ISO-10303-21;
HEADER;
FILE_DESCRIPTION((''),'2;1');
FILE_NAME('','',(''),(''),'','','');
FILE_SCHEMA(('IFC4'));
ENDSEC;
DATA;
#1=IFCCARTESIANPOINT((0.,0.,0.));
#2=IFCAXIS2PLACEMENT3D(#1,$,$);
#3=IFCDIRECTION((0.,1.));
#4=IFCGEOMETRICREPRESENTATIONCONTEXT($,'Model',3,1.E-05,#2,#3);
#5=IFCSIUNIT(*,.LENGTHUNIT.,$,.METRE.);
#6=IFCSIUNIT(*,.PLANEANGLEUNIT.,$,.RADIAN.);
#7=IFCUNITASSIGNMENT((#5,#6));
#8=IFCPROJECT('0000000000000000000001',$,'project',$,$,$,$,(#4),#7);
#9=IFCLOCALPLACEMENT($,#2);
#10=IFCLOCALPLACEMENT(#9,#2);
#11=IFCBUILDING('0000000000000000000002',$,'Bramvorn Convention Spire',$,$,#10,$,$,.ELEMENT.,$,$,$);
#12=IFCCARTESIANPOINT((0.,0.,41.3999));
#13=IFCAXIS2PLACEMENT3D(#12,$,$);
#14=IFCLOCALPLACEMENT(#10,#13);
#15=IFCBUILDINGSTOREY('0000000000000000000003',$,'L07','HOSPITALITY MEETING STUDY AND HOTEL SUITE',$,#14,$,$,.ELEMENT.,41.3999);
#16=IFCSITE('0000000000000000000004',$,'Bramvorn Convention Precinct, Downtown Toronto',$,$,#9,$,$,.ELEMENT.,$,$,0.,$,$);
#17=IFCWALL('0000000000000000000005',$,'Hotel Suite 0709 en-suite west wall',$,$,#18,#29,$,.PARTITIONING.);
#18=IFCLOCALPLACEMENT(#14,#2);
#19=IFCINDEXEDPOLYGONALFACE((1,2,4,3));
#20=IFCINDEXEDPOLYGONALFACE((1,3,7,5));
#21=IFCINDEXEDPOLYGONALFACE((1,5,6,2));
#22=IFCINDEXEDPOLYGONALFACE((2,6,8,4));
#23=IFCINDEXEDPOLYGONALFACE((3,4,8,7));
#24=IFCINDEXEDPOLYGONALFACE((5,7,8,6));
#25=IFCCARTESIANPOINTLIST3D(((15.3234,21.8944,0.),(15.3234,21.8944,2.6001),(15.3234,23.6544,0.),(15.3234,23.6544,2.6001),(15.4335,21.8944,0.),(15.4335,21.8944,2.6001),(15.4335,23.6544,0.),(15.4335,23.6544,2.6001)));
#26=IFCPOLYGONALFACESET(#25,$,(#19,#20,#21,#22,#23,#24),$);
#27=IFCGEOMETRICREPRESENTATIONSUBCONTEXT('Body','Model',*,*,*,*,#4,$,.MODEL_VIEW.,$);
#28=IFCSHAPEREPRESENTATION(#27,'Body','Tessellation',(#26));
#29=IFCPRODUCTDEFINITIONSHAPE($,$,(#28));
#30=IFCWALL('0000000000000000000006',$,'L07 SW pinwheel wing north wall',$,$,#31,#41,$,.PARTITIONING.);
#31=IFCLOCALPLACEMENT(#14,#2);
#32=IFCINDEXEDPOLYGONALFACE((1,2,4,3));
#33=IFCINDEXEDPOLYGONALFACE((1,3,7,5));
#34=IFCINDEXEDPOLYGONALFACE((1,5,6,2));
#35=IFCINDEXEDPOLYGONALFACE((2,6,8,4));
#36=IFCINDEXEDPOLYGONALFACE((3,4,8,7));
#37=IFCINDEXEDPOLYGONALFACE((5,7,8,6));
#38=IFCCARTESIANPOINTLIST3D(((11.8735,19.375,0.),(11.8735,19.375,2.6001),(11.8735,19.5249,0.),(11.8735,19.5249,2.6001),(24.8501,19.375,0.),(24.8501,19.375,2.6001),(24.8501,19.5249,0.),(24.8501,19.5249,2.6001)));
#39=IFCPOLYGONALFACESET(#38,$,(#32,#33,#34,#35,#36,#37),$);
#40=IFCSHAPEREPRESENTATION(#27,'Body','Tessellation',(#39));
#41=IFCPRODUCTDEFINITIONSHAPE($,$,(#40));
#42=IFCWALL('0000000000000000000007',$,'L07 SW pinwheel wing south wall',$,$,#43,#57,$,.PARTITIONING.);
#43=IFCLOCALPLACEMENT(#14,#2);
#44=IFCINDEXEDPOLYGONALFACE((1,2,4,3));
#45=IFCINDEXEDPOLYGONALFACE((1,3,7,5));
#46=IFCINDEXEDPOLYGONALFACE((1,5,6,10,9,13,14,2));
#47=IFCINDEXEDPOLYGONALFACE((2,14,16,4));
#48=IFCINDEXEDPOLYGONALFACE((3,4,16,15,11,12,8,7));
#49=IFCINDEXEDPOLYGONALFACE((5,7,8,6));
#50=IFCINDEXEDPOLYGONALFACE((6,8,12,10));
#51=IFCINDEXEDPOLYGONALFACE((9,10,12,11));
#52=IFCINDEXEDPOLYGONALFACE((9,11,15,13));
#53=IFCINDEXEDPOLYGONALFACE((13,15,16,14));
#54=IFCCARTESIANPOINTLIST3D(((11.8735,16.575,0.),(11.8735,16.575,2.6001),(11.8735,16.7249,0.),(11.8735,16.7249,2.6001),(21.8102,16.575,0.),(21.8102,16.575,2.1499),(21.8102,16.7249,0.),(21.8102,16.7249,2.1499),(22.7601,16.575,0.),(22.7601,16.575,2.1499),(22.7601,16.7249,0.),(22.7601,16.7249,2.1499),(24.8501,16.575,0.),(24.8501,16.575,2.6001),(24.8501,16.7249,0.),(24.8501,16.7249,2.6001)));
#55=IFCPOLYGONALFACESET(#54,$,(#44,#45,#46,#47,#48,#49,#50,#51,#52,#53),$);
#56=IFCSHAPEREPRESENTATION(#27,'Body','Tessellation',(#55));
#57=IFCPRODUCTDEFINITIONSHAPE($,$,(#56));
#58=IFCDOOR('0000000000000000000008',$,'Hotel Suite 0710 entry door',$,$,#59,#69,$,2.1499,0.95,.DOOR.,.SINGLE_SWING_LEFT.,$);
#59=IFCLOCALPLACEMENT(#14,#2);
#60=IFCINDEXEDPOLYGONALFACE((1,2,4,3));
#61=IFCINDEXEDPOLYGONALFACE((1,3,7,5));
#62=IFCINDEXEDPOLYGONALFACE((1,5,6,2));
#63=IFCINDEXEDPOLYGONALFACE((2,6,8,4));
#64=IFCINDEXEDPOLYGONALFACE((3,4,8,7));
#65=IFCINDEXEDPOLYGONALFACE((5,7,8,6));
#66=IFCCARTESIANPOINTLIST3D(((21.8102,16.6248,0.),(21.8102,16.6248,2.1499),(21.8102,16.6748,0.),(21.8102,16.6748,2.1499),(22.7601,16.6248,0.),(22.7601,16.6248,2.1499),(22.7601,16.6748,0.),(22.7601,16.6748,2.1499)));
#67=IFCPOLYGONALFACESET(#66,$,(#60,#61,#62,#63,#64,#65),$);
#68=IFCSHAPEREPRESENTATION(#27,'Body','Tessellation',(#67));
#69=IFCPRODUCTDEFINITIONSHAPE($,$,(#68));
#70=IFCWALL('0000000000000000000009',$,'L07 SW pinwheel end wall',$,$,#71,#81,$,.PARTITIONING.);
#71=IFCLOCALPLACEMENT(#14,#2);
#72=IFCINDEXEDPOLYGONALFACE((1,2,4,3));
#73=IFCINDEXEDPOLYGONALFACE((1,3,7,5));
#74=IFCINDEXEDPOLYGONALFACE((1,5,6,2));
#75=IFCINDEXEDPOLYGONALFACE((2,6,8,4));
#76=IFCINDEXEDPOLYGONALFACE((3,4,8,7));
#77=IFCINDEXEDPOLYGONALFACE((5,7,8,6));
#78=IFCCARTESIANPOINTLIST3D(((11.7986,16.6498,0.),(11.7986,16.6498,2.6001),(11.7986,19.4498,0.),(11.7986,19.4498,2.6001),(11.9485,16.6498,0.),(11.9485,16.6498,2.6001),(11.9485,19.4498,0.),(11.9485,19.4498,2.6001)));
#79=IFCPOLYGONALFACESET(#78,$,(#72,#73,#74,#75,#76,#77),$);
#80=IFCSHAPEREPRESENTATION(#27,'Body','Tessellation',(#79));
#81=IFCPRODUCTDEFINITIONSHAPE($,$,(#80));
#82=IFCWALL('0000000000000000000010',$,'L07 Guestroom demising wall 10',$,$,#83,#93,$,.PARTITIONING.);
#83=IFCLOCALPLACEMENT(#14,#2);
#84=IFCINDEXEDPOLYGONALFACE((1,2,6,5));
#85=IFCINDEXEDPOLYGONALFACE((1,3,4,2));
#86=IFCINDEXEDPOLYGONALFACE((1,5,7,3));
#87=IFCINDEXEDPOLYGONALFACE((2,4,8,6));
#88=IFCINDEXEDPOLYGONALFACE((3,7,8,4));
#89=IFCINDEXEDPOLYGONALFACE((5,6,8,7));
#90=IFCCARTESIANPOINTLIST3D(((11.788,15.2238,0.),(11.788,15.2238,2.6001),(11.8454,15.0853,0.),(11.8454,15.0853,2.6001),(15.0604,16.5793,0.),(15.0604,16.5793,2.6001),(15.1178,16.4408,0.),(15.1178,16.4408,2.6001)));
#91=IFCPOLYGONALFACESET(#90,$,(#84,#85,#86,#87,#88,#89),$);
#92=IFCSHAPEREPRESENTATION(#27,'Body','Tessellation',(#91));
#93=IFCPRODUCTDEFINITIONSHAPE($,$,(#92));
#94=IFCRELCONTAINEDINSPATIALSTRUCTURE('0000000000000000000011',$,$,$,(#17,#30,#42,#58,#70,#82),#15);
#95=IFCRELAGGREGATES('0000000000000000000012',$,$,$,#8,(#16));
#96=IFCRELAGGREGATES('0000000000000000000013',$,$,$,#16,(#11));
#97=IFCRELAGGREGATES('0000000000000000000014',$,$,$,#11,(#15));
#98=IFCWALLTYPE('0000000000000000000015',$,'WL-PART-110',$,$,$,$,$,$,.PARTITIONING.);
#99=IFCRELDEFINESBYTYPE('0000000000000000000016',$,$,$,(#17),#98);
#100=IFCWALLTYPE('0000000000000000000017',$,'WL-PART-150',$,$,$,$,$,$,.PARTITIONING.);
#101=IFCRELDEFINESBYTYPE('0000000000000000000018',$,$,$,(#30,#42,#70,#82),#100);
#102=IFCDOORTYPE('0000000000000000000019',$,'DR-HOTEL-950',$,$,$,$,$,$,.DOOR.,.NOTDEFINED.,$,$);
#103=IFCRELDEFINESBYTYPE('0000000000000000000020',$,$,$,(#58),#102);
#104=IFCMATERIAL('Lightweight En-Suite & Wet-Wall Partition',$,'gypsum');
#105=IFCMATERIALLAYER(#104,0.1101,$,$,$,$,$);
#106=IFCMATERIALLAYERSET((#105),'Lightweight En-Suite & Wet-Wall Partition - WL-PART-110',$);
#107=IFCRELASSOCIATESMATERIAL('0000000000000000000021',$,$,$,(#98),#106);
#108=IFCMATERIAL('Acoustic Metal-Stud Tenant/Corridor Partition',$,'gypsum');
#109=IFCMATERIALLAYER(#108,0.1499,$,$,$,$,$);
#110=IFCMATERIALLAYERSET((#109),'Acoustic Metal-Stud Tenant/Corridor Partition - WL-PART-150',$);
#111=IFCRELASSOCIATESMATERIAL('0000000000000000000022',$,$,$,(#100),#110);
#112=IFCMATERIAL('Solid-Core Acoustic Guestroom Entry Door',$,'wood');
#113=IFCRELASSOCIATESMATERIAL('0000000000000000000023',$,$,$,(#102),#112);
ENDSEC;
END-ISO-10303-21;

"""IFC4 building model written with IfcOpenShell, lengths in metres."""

from ifc_helpers import new_model, si_unit, direction, frame, frame_2d, origin, place, context, subcontext, project, spatial, rectangle, extrude, material, layer, layer_set, type_object, element, fill, save


model = new_model("IFC4")

# Units and contexts
model_context = context("Model", 3, precision=1e-05, world=origin(), true_north=direction((0.0, 1.0)))
body_context = subcontext(model_context, "Body", "Model", "MODEL_VIEW")
ifc_project = project(units=[si_unit("LENGTHUNIT", "METRE"), si_unit("PLANEANGLEUNIT", "RADIAN")], contexts=[model_context])

# Site, building, storey
site_placement = place(None, origin())
site = spatial("IfcSite", under=ifc_project, at=site_placement, Name="Bramvorn Convention Precinct, Downtown Toronto", CompositionType="ELEMENT", RefElevation=0.0)
building_placement = place(site_placement, origin())
building = spatial("IfcBuilding", under=site, at=building_placement, Name="Bramvorn Convention Spire", CompositionType="ELEMENT")
storey_placement = place(building_placement, frame((0.0, 0.0, 41.3999)))
storey = spatial("IfcBuildingStorey", under=building, at=storey_placement, Name="L07", Description="HOSPITALITY MEETING STUDY AND HOTEL SUITE", CompositionType="ELEMENT", Elevation=41.3999)

# Shared definitions
ifc_material_1 = material(Name="Lightweight En-Suite & Wet-Wall Partition", Category="gypsum")
ifc_layer_1 = layer(ifc_material_1, 0.1101)
ifc_layer_set_1 = layer_set([ifc_layer_1], Name="Lightweight En-Suite & Wet-Wall Partition - WL-PART-110")
wall_type_1 = type_object("IfcWallType", Name="WL-PART-110", PredefinedType="PARTITIONING", material=ifc_layer_set_1)

# Walls
wall_1_placement = place(storey_placement, frame((15.3784, 21.8945, 0.0), z_axis=(0.0, 0.0, 1.0), x_axis=(0.0, 1.0, 0.0)))
element("IfcWall", 1, at=wall_1_placement, inside=storey, type_object=wall_type_1, Name="Hotel Suite 0709 en-suite west wall", PredefinedType="PARTITIONING", context=body_context, shape_type="SweptSolid", body=[
    extrude(rectangle(XDim=1.76, YDim=0.1101, at=frame_2d((0.8799, 0.0))), origin(), (0.0, 0.0, 1.0), 2.6001),
])
ifc_material_2 = material(Name="Acoustic Metal-Stud Tenant/Corridor Partition", Category="gypsum")
ifc_layer_2 = layer(ifc_material_2, 0.1499)
ifc_layer_set_2 = layer_set([ifc_layer_2], Name="Acoustic Metal-Stud Tenant/Corridor Partition - WL-PART-150")
wall_type_2 = type_object("IfcWallType", Name="WL-PART-150", PredefinedType="PARTITIONING", material=ifc_layer_set_2)
wall_2_placement = place(storey_placement, frame((11.8735, 19.45, 0.0), z_axis=(0.0, 0.0, 1.0), x_axis=(1.0, 0.0, 0.0)))
element("IfcWall", 2, at=wall_2_placement, inside=storey, type_object=wall_type_2, Name="L07 SW pinwheel wing north wall", PredefinedType="PARTITIONING", context=body_context, shape_type="SweptSolid", body=[
    extrude(rectangle(XDim=12.9766, YDim=0.1499, at=frame_2d((6.4883, 0.0))), origin(), (0.0, 0.0, 1.0), 2.6001),
])

# Wall, opening, door
wall_3_placement = place(storey_placement, frame((11.8735, 16.6499, 0.0), z_axis=(0.0, 0.0, 1.0), x_axis=(1.0, 0.0, 0.0)))
wall_3 = element("IfcWall", 3, at=wall_3_placement, inside=storey, type_object=wall_type_2, Name="L07 SW pinwheel wing south wall", PredefinedType="PARTITIONING", context=body_context, shape_type="SweptSolid", body=[
    extrude(rectangle(XDim=12.9766, YDim=0.1499, at=frame_2d((6.4883, 0.0))), origin(), (0.0, 0.0, 1.0), 2.6001),
])
opening_1_placement = place(wall_3_placement, frame((9.9365, 0.0, 0.0)))
opening_1 = element("IfcOpeningElement", 4, at=opening_1_placement, cuts=wall_3, PredefinedType="OPENING", context=body_context, shape_type="SweptSolid", body=[
    extrude(rectangle(XDim=0.95, YDim=2.1499, at=frame_2d((0.4751, 1.075))), frame((0.0, 0.085, 0.0), z_axis=(0.0, -1.0, 0.0), x_axis=(1.0, 0.0, 0.0)), (0.0, 0.0, 1.0), 0.1699),
])
ifc_material_3 = material(Name="Solid-Core Acoustic Guestroom Entry Door", Category="wood")
door_type_1 = type_object("IfcDoorType", Name="DR-HOTEL-950", OperationType="NOTDEFINED", PredefinedType="DOOR", material=ifc_material_3)
door_1_placement = place(opening_1_placement, origin())
door_1 = element("IfcDoor", 5, at=door_1_placement, inside=storey, type_object=door_type_1, Name="Hotel Suite 0710 entry door", OperationType="SINGLE_SWING_LEFT", OverallHeight=2.1499, OverallWidth=0.95, PredefinedType="DOOR", context=body_context, shape_type="SweptSolid", body=[
    extrude(rectangle(XDim=0.95, YDim=2.1499, at=frame_2d((0.4751, 1.075))), frame((0.0, 0.0249, 0.0), z_axis=(0.0, -1.0, 0.0), x_axis=(1.0, 0.0, 0.0)), (0.0, 0.0, 1.0), 0.05),
])
fill(opening_1, door_1)

# Walls
wall_4_placement = place(storey_placement, frame((11.8735, 16.6499, 0.0), z_axis=(0.0, 0.0, 1.0), x_axis=(0.0, 1.0, 0.0)))
element("IfcWall", 6, at=wall_4_placement, inside=storey, type_object=wall_type_2, Name="L07 SW pinwheel end wall", PredefinedType="PARTITIONING", context=body_context, shape_type="SweptSolid", body=[
    extrude(rectangle(XDim=2.8, YDim=0.1499, at=frame_2d((1.3999, 0.0))), origin(), (0.0, 0.0, 1.0), 2.6001),
])
wall_5_placement = place(storey_placement, frame((15.0891, 16.51, 0.0), z_axis=(0.0, 0.0, 1.0), x_axis=(-0.923882, -0.382676, 0.0)))
element("IfcWall", 7, at=wall_5_placement, inside=storey, type_object=wall_type_2, Name="L07 Guestroom demising wall 10", PredefinedType="PARTITIONING", context=body_context, shape_type="SweptSolid", body=[
    extrude(rectangle(XDim=3.542, YDim=0.1499, at=frame_2d((1.771, 0.0))), origin(), (0.0, 0.0, 1.0), 2.6001),
])

save(model, "model.ifc")
